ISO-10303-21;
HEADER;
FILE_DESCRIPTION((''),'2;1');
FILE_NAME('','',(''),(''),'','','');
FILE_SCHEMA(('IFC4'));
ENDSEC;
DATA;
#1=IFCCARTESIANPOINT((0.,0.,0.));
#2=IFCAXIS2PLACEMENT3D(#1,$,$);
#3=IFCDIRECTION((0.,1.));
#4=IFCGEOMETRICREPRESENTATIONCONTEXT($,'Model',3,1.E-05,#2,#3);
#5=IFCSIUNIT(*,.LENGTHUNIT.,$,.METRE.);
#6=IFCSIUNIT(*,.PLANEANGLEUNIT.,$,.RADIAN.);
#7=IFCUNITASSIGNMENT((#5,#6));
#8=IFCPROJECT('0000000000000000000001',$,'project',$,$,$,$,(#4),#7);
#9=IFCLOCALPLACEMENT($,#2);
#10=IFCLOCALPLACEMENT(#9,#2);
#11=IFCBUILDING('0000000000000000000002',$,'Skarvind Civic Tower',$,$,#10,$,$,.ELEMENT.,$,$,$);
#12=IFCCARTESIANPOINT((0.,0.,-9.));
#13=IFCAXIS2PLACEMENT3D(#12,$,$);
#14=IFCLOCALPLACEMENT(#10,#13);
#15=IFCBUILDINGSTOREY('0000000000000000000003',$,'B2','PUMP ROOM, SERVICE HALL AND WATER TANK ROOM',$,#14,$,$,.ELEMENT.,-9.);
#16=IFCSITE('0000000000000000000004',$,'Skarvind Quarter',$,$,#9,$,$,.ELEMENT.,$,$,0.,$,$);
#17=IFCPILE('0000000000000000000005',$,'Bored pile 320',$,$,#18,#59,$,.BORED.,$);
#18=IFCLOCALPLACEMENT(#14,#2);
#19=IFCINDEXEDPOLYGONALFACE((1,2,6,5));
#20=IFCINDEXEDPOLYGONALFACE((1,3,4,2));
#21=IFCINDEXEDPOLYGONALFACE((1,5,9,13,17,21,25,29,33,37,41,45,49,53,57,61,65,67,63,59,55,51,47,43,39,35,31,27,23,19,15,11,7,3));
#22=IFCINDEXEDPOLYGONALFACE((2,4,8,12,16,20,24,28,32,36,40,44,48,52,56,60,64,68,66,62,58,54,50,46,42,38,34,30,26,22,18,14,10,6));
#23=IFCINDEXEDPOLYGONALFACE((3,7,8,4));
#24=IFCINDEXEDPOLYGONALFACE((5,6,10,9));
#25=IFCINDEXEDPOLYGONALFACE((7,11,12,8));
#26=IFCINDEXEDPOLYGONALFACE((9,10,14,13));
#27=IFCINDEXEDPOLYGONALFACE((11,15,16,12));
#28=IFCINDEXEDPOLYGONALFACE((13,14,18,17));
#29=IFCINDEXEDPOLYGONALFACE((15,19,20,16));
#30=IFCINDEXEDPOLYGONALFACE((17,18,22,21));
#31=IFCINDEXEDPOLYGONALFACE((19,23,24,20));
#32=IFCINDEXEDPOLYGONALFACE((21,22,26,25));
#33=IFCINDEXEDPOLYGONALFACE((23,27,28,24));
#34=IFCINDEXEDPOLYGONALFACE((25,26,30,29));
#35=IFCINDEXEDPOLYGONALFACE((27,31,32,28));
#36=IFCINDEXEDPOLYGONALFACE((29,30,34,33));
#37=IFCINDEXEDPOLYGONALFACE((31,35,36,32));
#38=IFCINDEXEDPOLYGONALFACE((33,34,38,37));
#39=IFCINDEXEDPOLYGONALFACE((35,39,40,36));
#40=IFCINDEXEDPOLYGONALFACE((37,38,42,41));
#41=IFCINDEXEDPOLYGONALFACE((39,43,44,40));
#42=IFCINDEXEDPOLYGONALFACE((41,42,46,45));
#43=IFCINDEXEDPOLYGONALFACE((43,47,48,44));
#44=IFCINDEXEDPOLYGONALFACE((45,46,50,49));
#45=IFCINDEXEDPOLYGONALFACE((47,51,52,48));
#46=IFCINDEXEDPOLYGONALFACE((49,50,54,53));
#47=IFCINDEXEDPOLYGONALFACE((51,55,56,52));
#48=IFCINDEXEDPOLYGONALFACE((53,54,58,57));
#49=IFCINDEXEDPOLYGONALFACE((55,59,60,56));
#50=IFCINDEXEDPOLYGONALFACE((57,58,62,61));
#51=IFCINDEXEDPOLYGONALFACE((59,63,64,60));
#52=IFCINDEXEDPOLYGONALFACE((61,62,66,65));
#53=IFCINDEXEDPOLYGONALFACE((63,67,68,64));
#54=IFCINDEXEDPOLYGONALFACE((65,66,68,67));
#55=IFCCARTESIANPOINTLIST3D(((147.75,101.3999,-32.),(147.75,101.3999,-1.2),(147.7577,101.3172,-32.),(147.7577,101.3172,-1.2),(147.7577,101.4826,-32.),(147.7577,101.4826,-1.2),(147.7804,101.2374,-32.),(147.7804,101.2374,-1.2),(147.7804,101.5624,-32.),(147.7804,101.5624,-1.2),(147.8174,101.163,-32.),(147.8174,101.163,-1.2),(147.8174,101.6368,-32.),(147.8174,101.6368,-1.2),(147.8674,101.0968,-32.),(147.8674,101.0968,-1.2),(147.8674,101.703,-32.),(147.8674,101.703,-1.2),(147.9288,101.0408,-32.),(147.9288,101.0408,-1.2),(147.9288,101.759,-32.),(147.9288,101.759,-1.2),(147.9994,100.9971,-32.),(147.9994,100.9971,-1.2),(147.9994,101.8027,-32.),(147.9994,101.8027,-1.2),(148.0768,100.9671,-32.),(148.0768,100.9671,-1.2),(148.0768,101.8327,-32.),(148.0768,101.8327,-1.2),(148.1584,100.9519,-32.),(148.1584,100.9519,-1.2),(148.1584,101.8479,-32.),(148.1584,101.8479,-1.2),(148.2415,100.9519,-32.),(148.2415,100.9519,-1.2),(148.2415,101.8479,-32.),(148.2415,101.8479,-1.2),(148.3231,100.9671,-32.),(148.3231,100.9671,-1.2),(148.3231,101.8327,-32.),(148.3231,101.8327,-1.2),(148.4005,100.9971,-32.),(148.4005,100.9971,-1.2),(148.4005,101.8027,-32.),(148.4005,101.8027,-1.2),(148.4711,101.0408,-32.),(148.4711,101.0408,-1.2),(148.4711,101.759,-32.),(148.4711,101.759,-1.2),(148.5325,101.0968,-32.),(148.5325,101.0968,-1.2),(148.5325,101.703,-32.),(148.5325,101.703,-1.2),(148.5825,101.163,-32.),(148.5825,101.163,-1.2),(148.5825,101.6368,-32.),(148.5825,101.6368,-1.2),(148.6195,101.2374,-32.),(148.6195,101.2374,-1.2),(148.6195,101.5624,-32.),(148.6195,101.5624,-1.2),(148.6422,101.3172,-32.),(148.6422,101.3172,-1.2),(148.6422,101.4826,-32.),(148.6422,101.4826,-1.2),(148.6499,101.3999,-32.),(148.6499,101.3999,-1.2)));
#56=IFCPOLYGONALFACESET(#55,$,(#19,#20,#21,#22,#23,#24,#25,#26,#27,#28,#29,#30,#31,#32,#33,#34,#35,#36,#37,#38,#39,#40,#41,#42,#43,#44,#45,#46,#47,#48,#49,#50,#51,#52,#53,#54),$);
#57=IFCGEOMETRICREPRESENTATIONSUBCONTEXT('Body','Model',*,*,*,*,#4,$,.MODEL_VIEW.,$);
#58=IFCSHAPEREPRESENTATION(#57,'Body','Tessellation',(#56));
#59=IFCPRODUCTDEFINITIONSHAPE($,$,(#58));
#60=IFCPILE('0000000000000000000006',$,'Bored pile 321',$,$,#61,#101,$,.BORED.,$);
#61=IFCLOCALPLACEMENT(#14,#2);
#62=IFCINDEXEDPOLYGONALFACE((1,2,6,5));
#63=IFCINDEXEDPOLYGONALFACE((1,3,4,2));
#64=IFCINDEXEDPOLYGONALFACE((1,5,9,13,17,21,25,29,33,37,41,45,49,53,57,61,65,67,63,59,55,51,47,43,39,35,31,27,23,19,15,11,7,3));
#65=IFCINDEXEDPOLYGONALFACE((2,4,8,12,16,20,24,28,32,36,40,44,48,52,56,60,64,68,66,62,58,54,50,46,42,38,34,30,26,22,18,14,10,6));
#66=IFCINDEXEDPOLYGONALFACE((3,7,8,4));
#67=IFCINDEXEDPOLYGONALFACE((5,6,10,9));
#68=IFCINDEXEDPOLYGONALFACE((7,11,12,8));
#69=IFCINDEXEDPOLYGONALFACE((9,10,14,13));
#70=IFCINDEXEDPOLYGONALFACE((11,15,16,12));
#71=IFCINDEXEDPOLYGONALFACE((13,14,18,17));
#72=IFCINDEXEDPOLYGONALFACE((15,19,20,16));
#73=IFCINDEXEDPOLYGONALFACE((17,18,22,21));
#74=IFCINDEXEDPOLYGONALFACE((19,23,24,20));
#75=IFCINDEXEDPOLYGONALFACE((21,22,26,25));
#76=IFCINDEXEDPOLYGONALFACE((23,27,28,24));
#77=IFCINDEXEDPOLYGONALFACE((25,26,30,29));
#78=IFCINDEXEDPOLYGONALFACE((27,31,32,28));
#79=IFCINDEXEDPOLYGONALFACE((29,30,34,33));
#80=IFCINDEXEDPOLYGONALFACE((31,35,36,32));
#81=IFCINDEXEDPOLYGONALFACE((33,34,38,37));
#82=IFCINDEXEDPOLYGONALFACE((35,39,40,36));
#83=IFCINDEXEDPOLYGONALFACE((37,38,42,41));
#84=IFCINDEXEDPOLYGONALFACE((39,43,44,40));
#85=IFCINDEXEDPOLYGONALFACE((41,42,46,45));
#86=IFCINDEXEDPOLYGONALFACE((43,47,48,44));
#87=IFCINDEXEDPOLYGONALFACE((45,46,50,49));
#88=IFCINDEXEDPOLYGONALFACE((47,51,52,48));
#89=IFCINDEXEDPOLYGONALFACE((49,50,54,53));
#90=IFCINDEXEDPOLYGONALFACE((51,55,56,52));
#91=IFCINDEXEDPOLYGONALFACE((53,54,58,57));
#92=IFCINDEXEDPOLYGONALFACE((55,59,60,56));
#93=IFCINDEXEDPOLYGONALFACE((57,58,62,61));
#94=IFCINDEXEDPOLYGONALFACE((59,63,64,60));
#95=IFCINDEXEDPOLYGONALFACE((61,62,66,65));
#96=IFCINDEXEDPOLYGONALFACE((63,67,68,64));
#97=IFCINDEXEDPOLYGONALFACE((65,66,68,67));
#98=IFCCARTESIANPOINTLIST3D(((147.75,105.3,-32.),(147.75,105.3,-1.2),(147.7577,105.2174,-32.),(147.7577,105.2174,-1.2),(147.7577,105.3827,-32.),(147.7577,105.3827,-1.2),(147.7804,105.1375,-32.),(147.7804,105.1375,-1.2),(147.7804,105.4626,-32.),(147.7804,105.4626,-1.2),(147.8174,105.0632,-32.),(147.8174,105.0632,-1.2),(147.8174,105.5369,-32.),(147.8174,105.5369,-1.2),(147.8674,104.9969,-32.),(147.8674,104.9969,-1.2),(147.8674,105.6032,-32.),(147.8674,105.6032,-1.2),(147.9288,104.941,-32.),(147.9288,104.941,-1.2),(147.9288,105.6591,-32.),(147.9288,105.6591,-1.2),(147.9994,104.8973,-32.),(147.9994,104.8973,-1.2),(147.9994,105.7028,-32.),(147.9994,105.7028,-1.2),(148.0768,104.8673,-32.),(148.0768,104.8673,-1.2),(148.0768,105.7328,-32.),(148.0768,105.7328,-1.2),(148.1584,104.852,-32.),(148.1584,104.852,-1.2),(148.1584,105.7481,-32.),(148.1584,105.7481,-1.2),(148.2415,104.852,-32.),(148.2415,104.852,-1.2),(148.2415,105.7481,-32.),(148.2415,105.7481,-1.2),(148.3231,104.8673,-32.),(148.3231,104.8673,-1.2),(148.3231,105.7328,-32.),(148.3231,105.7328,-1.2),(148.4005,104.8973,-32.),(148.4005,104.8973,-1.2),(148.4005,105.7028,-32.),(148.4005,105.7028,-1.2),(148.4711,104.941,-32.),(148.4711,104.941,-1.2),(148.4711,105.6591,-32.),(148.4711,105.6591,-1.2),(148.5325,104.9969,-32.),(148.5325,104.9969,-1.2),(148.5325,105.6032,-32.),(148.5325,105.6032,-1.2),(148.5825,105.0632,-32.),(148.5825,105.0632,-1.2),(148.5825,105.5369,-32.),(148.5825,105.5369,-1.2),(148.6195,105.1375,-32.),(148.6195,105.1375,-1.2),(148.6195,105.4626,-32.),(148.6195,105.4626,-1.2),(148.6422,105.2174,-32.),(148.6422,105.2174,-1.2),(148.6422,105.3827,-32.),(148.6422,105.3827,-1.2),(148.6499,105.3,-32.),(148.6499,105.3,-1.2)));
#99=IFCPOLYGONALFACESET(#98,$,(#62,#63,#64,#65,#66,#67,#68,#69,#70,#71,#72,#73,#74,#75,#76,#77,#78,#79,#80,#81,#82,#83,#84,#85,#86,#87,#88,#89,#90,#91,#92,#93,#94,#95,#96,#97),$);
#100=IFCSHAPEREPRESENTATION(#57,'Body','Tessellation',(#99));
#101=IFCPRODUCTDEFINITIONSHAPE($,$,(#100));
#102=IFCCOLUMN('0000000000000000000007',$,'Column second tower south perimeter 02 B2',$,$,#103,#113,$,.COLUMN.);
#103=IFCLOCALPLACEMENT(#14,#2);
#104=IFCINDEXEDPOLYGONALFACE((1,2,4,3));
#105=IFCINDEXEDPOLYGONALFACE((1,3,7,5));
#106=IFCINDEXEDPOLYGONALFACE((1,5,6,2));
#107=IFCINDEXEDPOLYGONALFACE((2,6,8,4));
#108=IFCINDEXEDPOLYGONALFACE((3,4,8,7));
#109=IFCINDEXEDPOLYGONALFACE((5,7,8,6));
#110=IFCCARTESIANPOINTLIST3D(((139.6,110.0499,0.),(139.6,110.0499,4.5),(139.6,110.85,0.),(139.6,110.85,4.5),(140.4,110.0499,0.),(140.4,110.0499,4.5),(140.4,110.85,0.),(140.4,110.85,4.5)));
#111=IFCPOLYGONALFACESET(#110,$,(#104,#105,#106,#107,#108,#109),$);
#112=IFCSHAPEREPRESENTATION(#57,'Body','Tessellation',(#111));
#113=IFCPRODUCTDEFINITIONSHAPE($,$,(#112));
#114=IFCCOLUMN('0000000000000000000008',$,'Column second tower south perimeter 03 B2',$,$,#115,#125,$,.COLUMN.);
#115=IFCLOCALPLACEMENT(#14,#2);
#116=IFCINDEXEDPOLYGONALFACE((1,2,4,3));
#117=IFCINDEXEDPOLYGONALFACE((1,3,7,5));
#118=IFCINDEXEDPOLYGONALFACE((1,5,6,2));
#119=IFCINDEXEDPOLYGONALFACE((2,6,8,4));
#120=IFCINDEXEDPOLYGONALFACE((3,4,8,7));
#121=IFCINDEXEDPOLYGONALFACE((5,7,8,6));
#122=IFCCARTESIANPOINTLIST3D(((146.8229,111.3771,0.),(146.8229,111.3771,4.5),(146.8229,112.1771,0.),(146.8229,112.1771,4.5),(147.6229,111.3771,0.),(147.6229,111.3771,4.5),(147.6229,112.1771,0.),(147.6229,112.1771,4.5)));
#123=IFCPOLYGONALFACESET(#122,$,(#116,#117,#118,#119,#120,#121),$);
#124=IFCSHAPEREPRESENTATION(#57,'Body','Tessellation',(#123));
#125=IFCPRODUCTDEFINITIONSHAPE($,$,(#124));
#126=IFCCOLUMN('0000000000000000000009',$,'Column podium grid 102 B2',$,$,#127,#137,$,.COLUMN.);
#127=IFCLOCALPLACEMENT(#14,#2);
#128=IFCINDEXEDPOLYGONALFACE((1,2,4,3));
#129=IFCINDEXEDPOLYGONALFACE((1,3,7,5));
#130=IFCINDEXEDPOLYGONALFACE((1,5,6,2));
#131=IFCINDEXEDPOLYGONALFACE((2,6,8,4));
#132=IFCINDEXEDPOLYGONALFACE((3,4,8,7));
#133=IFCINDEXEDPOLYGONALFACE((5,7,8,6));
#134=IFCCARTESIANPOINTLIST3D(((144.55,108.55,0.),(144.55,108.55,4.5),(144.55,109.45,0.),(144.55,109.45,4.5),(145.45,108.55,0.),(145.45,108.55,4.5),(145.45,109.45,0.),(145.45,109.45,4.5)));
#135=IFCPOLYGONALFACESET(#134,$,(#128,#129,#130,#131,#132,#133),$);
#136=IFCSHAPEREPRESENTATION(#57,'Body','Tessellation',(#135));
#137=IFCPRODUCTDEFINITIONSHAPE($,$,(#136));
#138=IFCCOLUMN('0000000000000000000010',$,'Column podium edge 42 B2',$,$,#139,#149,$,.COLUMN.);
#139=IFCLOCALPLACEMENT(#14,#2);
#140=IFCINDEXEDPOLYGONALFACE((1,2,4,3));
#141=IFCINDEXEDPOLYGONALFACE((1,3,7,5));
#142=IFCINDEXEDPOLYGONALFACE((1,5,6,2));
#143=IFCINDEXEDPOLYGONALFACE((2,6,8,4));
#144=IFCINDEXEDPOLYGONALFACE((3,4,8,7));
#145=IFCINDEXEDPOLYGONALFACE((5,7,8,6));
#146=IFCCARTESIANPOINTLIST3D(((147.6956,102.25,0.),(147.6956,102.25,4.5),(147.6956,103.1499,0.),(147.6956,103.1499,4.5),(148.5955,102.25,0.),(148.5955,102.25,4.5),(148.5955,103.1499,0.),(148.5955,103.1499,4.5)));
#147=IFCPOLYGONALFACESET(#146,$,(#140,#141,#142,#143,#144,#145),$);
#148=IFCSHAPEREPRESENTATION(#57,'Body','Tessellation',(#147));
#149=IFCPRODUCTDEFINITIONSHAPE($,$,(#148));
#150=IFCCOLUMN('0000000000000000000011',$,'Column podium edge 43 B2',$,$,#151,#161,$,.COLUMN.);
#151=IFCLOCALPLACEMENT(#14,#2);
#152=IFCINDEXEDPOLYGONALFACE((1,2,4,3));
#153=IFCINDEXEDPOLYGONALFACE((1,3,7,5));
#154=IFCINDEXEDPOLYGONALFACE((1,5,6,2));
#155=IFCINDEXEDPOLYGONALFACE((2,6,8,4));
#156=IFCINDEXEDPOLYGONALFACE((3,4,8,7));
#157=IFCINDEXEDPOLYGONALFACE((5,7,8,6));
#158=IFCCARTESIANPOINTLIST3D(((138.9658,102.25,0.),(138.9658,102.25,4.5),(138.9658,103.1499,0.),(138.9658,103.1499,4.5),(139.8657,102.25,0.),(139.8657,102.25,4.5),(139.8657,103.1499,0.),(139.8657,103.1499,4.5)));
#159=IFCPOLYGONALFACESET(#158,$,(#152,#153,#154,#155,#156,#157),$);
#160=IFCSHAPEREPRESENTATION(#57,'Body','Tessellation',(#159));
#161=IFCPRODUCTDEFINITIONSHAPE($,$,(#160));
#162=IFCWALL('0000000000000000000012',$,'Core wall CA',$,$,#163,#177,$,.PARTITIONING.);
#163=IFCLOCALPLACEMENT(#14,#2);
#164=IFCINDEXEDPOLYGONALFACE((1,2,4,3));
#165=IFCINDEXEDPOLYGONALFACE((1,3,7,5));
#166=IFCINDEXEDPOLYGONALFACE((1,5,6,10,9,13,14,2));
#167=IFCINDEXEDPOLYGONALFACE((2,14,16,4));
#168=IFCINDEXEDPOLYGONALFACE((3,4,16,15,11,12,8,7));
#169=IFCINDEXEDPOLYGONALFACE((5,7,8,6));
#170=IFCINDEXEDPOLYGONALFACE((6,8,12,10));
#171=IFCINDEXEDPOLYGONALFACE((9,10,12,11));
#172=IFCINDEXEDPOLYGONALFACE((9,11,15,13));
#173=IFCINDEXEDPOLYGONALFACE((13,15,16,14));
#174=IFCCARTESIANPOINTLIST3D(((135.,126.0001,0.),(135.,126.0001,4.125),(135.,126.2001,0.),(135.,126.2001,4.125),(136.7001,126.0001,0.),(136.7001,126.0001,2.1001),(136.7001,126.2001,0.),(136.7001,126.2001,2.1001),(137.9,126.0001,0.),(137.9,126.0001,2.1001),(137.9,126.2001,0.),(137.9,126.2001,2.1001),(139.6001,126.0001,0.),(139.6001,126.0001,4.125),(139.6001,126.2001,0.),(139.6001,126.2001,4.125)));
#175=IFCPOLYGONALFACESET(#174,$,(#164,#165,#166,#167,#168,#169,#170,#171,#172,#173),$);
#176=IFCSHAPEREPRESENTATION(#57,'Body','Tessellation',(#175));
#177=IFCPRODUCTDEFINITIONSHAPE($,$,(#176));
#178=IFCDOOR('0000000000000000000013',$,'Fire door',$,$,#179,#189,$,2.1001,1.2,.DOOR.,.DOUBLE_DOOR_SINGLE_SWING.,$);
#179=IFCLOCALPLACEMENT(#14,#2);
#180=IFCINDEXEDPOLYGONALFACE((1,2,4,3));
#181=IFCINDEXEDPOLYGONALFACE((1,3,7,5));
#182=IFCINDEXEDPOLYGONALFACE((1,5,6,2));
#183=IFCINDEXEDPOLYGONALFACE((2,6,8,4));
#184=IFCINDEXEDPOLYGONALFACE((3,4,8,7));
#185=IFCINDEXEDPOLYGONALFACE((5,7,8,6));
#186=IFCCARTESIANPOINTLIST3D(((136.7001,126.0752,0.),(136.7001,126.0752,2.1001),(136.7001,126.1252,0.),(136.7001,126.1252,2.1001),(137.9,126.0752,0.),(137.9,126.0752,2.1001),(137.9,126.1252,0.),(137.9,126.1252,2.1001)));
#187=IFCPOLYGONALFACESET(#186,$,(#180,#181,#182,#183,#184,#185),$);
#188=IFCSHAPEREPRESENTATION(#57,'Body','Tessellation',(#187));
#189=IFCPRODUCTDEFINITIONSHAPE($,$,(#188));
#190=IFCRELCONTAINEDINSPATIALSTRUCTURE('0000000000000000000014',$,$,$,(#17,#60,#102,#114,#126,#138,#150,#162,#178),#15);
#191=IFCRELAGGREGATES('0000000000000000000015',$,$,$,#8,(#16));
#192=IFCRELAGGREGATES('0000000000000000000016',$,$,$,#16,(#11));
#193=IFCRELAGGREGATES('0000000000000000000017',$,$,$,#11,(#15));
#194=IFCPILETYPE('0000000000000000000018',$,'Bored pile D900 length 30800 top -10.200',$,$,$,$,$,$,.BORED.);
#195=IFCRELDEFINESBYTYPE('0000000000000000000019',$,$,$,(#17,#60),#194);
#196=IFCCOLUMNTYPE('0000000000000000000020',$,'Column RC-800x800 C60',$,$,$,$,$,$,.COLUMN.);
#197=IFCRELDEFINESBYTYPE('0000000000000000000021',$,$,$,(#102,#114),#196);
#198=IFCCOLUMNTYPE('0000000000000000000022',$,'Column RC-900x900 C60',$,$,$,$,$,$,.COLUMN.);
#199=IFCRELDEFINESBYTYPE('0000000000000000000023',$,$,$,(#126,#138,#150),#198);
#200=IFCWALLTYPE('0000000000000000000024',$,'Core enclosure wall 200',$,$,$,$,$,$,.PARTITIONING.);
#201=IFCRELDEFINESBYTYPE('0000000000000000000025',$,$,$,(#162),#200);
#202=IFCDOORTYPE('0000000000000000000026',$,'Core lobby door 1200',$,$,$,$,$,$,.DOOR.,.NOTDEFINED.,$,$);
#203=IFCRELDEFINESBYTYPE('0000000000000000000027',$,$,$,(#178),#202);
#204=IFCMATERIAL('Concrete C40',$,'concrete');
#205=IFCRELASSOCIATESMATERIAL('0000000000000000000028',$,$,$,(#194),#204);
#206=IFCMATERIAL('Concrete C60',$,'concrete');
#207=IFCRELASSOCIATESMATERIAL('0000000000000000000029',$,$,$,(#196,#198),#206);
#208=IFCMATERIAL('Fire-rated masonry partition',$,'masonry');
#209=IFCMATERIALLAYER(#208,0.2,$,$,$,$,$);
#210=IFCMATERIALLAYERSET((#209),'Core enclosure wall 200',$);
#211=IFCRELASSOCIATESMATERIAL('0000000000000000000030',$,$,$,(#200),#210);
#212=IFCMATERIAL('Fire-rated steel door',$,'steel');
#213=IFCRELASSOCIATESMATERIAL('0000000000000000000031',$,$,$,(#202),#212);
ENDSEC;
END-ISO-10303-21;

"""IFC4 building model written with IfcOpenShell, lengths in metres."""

from ifc_helpers import new_model, si_unit, direction, frame, frame_2d, origin, origin_2d, place, context, subcontext, project, spatial, rectangle, circle, extrude, material, layer, layer_set, material_profile, profile_set, type_object, element, fill, save


model = new_model("IFC4")

# Units and contexts
model_context = context("Model", 3, precision=1e-05, world=origin(), true_north=direction((0.0, 1.0)))
body_context = subcontext(model_context, "Body", "Model", "MODEL_VIEW")
ifc_project = project(units=[si_unit("LENGTHUNIT", "METRE"), si_unit("PLANEANGLEUNIT", "RADIAN")], contexts=[model_context])

# Site, building, storey
site_placement = place(None, origin())
site = spatial("IfcSite", under=ifc_project, at=site_placement, Name="Skarvind Quarter", CompositionType="ELEMENT", RefElevation=0.0)
building_placement = place(site_placement, origin())
building = spatial("IfcBuilding", under=site, at=building_placement, Name="Skarvind Civic Tower", CompositionType="ELEMENT")
storey_placement = place(building_placement, frame((0.0, 0.0, -9.0)))
storey = spatial("IfcBuildingStorey", under=building, at=storey_placement, Name="B2", Description="PUMP ROOM, SERVICE HALL AND WATER TANK ROOM", CompositionType="ELEMENT", Elevation=-9.0)

# Piles
ifc_material_1 = material(Name="Concrete C40", Category="concrete")
pile_type_1 = type_object("IfcPileType", Name="Bored pile D900 length 30800 top -10.200", PredefinedType="BORED", material=ifc_material_1)
for number, where, z_axis, x_axis, name in (
    (1, (148.2, 101.3999, -1.2), (0.0, 0.0, -1.0), (1.0, 0.0, 0.0), "Bored pile 320"),
    (2, (148.2, 105.3, -1.2), (0.0, 0.0, -1.0), (1.0, 0.0, 0.0), "Bored pile 321"),
):
    element("IfcPile", number, at=place(storey_placement, frame(where, z_axis=z_axis, x_axis=x_axis)), inside=storey, type_object=pile_type_1, Name=name, PredefinedType="BORED", context=body_context, shape_type="SweptSolid", body=[
        extrude(circle(Radius=0.45, at=origin_2d()), origin(), (0.0, 0.0, 1.0), 30.8),
    ])

# Columns
ifc_material_2 = material(Name="Concrete C60", Category="concrete")
ifc_material_profile_1 = material_profile(ifc_material_2, rectangle(XDim=0.8, YDim=0.8, at=origin_2d()), Name="RC-800x800")
ifc_profile_set_1 = profile_set([ifc_material_profile_1], Name="Concrete C60")
column_type_1 = type_object("IfcColumnType", Name="Column RC-800x800 C60", PredefinedType="COLUMN", material=ifc_profile_set_1)
for number, where, z_axis, x_axis, name in (
    (3, (140.0, 110.45, 0.0), (0.0, 0.0, 1.0), (1.0, 0.0, 0.0), "Column second tower south perimeter 02 B2"),
    (4, (147.2229, 111.7771, 0.0), (0.0, 0.0, 1.0), (1.0, 0.0, 0.0), "Column second tower south perimeter 03 B2"),
):
    element("IfcColumn", number, at=place(storey_placement, frame(where, z_axis=z_axis, x_axis=x_axis)), inside=storey, type_object=column_type_1, Name=name, PredefinedType="COLUMN", context=body_context, shape_type="SweptSolid", body=[
        extrude(rectangle(XDim=0.8, YDim=0.8, at=origin_2d()), origin(), (0.0, 0.0, 1.0), 4.5),
    ])
ifc_material_profile_2 = material_profile(ifc_material_2, rectangle(XDim=0.8999, YDim=0.8999, at=origin_2d()), Name="RC-900x900")
ifc_profile_set_2 = profile_set([ifc_material_profile_2], Name="Concrete C60")
column_type_2 = type_object("IfcColumnType", Name="Column RC-900x900 C60", PredefinedType="COLUMN", material=ifc_profile_set_2)
for number, where, z_axis, x_axis, name in (
    (5, (145.0, 109.0, 0.0), (0.0, 0.0, 1.0), (1.0, 0.0, 0.0), "Column podium grid 102 B2"),
    (6, (148.1455, 102.7, 0.0), (0.0, 0.0, 1.0), (1.0, 0.0, 0.0), "Column podium edge 42 B2"),
    (7, (139.4158, 102.7, 0.0), (0.0, 0.0, 1.0), (1.0, 0.0, 0.0), "Column podium edge 43 B2"),
):
    element("IfcColumn", number, at=place(storey_placement, frame(where, z_axis=z_axis, x_axis=x_axis)), inside=storey, type_object=column_type_2, Name=name, PredefinedType="COLUMN", context=body_context, shape_type="SweptSolid", body=[
        extrude(rectangle(XDim=0.8999, YDim=0.8999, at=origin_2d()), origin(), (0.0, 0.0, 1.0), 4.5),
    ])

# Wall, opening, door
ifc_material_3 = material(Name="Fire-rated masonry partition", Category="masonry")
ifc_layer_1 = layer(ifc_material_3, 0.2)
ifc_layer_set_1 = layer_set([ifc_layer_1], Name="Core enclosure wall 200")
wall_type_1 = type_object("IfcWallType", Name="Core enclosure wall 200", PredefinedType="PARTITIONING", material=ifc_layer_set_1)
wall_1_placement = place(storey_placement, frame((139.6001, 126.1001, 0.0), z_axis=(0.0, 0.0, 1.0), x_axis=(-1.0, 0.0, 0.0)))
wall_1 = element("IfcWall", 8, at=wall_1_placement, inside=storey, type_object=wall_type_1, Name="Core wall CA", PredefinedType="PARTITIONING", context=body_context, shape_type="SweptSolid", body=[
    extrude(rectangle(XDim=4.6001, YDim=0.2, at=frame_2d((2.3, 0.0))), origin(), (0.0, 0.0, 1.0), 4.125),
])
opening_1_placement = place(wall_1_placement, frame((1.7, 0.0, 0.0)))
opening_1 = element("IfcOpeningElement", 9, at=opening_1_placement, cuts=wall_1, PredefinedType="OPENING", context=body_context, shape_type="SweptSolid", body=[
    extrude(rectangle(XDim=1.2, YDim=2.1001, at=frame_2d((0.6001, 1.05))), frame((0.0, 0.1099, 0.0), z_axis=(0.0, -1.0, 0.0), x_axis=(1.0, 0.0, 0.0)), (0.0, 0.0, 1.0), 0.22),
])
ifc_material_4 = material(Name="Fire-rated steel door", Category="steel")
door_type_1 = type_object("IfcDoorType", Name="Core lobby door 1200", OperationType="NOTDEFINED", PredefinedType="DOOR", material=ifc_material_4)
door_1_placement = place(opening_1_placement, origin())
door_1 = element("IfcDoor", 10, at=door_1_placement, inside=storey, type_object=door_type_1, Name="Fire door", OperationType="DOUBLE_DOOR_SINGLE_SWING", OverallHeight=2.1001, OverallWidth=1.2, PredefinedType="DOOR", context=body_context, shape_type="SweptSolid", body=[
    extrude(rectangle(XDim=1.2, YDim=2.1001, at=frame_2d((0.6001, 1.05))), frame((0.0, 0.0249, 0.0), z_axis=(0.0, -1.0, 0.0), x_axis=(1.0, 0.0, 0.0)), (0.0, 0.0, 1.0), 0.05),
])
fill(opening_1, door_1)

save(model, "model.ifc")
